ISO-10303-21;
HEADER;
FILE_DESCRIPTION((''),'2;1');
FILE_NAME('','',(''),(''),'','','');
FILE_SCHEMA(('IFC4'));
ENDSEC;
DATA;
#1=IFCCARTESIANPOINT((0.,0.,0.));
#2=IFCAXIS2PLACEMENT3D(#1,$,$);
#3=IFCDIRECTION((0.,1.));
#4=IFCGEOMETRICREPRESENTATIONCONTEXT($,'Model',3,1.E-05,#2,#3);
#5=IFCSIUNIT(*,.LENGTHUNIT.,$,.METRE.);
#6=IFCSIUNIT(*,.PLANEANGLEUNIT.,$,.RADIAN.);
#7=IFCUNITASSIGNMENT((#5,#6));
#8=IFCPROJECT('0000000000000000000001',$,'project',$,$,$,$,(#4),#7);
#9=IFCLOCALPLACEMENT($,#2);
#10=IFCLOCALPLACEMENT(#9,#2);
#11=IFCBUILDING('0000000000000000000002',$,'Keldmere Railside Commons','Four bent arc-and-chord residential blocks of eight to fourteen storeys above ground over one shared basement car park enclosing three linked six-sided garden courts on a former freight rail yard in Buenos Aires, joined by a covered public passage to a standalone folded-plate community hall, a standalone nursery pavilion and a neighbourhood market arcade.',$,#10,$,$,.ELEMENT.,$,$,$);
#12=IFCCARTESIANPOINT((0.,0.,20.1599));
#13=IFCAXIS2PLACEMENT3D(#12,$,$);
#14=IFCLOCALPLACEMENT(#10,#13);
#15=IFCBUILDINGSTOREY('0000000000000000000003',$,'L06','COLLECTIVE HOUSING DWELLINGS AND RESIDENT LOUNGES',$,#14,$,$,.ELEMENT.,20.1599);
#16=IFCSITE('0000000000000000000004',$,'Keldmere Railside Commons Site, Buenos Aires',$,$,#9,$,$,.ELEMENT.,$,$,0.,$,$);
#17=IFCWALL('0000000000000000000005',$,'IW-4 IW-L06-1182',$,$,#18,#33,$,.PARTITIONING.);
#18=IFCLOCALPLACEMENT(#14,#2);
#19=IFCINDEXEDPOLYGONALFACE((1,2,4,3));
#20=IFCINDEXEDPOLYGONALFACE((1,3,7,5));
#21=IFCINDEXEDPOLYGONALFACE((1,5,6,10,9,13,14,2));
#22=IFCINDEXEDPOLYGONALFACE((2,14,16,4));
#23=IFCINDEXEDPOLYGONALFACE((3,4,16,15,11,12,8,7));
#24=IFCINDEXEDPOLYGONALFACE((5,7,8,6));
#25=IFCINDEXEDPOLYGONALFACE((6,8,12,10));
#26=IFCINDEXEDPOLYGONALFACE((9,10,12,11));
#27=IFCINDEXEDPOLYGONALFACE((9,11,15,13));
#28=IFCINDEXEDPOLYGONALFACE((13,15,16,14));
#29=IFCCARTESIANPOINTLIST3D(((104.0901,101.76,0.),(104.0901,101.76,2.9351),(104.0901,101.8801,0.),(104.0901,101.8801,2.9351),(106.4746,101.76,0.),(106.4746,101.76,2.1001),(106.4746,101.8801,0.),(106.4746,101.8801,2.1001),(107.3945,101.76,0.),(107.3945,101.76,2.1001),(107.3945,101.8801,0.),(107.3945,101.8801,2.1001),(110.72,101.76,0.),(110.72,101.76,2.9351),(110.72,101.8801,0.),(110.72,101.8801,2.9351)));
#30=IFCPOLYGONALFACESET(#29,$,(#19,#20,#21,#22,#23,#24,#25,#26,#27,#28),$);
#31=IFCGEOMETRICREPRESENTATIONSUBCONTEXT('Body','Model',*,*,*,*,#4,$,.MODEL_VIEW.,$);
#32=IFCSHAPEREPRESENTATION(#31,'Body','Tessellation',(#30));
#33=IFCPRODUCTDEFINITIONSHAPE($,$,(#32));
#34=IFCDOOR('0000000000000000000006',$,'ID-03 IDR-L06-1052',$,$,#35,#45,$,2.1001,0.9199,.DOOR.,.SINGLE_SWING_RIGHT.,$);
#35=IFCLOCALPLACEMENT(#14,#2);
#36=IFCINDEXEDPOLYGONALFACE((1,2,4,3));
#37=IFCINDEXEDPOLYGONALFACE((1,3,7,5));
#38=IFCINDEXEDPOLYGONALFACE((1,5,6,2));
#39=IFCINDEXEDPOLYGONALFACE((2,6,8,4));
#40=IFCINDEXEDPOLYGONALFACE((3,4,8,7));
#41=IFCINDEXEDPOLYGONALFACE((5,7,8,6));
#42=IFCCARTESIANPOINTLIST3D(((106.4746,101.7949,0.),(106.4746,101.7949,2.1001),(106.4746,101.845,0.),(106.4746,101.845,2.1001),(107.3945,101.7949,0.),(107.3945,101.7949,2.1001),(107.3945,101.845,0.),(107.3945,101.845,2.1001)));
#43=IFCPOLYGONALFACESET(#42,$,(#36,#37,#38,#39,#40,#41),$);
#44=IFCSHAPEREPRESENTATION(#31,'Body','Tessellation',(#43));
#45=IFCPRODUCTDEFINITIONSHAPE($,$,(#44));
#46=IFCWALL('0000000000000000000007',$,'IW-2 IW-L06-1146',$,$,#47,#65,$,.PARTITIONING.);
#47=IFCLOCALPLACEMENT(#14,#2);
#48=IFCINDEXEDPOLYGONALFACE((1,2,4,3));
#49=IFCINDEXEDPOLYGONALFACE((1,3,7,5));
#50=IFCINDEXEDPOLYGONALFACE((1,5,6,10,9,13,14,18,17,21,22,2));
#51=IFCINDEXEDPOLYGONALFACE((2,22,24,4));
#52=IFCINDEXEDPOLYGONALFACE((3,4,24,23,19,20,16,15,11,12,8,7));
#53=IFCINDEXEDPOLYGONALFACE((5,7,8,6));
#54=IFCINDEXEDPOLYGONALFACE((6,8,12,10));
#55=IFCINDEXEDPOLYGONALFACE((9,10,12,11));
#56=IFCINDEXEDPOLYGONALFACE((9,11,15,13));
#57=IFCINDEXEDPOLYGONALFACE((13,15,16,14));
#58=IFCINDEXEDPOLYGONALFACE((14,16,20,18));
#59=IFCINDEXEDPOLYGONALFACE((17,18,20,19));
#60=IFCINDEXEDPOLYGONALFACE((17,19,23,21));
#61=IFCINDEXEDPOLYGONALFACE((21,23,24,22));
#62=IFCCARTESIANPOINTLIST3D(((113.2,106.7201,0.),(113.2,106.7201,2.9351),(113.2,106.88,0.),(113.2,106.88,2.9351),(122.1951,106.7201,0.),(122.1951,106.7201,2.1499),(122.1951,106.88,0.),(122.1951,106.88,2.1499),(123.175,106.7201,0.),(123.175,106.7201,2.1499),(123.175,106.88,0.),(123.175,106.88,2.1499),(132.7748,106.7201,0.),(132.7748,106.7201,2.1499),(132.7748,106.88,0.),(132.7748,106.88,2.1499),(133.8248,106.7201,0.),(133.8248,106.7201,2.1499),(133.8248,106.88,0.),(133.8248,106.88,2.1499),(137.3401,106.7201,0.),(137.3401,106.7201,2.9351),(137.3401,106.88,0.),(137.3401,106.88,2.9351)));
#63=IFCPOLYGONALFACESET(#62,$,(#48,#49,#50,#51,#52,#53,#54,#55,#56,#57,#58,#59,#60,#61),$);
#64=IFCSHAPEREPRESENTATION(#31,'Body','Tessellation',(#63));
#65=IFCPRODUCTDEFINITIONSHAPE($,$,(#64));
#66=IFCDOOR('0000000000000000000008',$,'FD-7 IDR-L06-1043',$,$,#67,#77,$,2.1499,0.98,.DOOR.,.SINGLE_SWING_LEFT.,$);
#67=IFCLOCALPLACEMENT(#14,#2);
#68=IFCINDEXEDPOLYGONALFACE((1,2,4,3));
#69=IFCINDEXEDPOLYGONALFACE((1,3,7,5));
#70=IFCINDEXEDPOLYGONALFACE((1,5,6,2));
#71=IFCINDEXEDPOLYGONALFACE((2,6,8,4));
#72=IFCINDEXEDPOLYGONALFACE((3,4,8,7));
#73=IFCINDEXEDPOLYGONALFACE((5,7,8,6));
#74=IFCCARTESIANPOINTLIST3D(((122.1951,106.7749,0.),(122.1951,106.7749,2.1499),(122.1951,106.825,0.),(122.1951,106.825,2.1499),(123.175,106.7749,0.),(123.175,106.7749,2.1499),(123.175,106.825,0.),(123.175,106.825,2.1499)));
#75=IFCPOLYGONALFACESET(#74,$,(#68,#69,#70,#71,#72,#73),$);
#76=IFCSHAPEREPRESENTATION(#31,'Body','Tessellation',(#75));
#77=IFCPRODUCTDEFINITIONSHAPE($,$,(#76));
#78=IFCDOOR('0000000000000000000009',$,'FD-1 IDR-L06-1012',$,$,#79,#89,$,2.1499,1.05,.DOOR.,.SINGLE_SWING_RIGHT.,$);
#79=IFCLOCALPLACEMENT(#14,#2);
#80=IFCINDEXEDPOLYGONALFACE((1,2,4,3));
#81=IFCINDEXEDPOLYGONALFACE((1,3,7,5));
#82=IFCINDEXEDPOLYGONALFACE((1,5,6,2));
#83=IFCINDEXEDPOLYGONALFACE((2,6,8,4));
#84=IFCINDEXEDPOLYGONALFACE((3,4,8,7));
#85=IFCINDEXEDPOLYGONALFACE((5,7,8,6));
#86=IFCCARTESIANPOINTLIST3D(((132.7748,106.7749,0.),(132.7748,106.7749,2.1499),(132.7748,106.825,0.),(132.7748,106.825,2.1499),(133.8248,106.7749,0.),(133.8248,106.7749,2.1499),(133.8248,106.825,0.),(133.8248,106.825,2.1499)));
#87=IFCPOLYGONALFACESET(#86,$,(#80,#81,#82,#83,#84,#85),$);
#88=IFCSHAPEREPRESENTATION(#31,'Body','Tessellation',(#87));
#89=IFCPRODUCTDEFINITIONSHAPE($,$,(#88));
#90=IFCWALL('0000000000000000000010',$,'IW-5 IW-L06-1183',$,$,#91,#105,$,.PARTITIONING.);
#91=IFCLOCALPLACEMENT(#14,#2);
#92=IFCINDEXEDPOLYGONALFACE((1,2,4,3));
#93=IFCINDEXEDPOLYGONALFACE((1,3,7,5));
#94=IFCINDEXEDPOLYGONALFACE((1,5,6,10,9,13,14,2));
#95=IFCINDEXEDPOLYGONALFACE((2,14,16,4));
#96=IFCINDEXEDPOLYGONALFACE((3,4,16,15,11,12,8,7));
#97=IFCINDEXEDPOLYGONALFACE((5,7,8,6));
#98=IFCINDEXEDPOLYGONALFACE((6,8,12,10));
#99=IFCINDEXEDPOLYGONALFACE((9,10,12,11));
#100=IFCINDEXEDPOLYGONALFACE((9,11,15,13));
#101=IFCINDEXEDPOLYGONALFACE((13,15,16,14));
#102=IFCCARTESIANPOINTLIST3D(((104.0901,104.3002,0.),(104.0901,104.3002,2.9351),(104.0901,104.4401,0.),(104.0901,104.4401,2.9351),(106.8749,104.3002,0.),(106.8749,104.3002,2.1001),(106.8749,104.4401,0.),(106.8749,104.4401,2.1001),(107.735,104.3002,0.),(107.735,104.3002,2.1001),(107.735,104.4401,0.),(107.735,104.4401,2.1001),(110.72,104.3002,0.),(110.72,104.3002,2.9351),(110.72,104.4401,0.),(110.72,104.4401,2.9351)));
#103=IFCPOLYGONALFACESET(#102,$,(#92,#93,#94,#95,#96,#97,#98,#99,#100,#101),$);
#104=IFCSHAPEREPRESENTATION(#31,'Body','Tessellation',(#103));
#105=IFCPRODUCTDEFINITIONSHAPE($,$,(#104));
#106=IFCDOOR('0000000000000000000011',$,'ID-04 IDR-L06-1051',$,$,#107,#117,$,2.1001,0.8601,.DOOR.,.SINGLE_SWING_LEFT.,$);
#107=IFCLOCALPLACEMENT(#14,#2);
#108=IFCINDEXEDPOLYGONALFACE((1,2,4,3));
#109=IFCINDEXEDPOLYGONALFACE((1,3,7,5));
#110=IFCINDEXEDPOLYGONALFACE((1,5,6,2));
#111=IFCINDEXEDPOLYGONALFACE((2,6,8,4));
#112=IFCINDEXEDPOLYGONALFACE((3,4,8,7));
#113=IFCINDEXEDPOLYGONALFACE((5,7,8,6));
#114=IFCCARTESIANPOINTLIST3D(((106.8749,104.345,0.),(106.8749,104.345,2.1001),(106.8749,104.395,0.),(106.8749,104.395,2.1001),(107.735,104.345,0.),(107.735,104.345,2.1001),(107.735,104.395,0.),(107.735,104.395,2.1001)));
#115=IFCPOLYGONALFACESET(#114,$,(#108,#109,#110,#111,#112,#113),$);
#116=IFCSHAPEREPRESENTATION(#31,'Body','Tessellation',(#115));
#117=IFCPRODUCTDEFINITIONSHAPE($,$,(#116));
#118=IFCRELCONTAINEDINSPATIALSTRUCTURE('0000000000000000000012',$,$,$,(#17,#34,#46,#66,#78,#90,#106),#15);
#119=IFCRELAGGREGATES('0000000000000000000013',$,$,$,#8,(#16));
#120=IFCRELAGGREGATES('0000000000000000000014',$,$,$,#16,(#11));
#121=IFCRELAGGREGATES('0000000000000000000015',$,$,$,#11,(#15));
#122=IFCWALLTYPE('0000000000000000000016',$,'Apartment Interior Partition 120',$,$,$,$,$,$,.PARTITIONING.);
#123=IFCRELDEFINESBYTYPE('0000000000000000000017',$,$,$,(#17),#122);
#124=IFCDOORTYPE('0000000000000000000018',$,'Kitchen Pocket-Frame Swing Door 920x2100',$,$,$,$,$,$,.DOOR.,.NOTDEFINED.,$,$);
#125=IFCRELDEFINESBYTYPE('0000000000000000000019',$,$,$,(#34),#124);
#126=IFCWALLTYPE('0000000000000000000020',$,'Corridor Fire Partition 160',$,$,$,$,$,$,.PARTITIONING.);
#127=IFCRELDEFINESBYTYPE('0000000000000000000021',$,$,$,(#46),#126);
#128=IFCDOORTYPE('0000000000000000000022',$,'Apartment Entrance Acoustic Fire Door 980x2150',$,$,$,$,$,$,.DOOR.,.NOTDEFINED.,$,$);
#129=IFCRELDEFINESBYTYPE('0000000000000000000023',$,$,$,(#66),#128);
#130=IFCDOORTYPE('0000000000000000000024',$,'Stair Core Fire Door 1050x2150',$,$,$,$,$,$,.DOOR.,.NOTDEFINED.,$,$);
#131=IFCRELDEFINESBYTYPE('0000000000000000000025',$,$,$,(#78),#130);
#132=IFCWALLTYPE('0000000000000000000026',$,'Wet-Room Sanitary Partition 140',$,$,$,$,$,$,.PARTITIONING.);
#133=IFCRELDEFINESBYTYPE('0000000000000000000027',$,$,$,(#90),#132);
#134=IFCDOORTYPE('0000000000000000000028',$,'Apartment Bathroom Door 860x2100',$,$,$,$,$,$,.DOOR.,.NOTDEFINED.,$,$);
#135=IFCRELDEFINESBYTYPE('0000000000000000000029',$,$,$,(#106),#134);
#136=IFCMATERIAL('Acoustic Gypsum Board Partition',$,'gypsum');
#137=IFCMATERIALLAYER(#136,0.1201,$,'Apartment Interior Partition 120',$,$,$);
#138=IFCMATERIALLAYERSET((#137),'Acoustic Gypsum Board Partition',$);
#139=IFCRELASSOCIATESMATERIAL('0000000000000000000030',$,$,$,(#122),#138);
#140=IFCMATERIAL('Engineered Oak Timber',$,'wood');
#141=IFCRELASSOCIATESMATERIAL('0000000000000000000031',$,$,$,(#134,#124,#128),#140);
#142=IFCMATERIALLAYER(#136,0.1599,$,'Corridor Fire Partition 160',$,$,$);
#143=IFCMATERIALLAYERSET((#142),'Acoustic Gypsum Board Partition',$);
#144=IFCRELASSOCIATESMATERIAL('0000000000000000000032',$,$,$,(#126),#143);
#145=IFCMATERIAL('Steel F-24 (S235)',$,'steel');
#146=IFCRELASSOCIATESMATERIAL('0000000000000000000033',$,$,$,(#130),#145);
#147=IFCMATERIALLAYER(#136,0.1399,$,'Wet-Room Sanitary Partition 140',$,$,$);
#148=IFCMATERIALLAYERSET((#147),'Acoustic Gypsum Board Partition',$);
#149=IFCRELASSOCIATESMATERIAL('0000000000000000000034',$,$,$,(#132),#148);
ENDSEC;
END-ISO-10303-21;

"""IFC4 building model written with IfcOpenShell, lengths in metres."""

from ifc_helpers import new_model, si_unit, direction, frame, frame_2d, origin, place, context, subcontext, project, spatial, rectangle, extrude, material, layer, layer_set, type_object, element, fill, save


model = new_model("IFC4")

# Units and contexts
model_context = context("Model", 3, precision=1e-05, world=origin(), true_north=direction((0.0, 1.0)))
body_context = subcontext(model_context, "Body", "Model", "MODEL_VIEW")
ifc_project = project(units=[si_unit("LENGTHUNIT", "METRE"), si_unit("PLANEANGLEUNIT", "RADIAN")], contexts=[model_context])

# Site, building, storey
site_placement = place(None, origin())
site = spatial("IfcSite", under=ifc_project, at=site_placement, Name="Keldmere Railside Commons Site, Buenos Aires", CompositionType="ELEMENT", RefElevation=0.0)
building_placement = place(site_placement, origin())
building = spatial("IfcBuilding", under=site, at=building_placement, Name="Keldmere Railside Commons", Description="Four bent arc-and-chord residential blocks of eight to fourteen storeys above ground over one shared basement car park enclosing three linked six-sided garden courts on a former freight rail yard in Buenos Aires, joined by a covered public passage to a standalone folded-plate community hall, a standalone nursery pavilion and a neighbourhood market arcade.", CompositionType="ELEMENT")
storey_placement = place(building_placement, frame((0.0, 0.0, 20.1599)))
storey = spatial("IfcBuildingStorey", under=building, at=storey_placement, Name="L06", Description="COLLECTIVE HOUSING DWELLINGS AND RESIDENT LOUNGES", CompositionType="ELEMENT", Elevation=20.1599)

# Shared definitions
ifc_material_1 = material(Name="Acoustic Gypsum Board Partition", Category="gypsum")

# Shared definitions
ifc_layer_1 = layer(ifc_material_1, 0.1201, Name="Apartment Interior Partition 120")
ifc_layer_set_1 = layer_set([ifc_layer_1], Name="Acoustic Gypsum Board Partition")
wall_type_1 = type_object("IfcWallType", Name="Apartment Interior Partition 120", PredefinedType="PARTITIONING", material=ifc_layer_set_1)
ifc_material_2 = material(Name="Engineered Oak Timber", Category="wood")
door_type_1 = type_object("IfcDoorType", Name="Apartment Bathroom Door 860x2100", OperationType="NOTDEFINED", PredefinedType="DOOR", material=ifc_material_2)

# Wall, opening, door
wall_1_placement = place(storey_placement, frame((104.0901, 101.8201, 0.0), z_axis=(0.0, 0.0, 1.0), x_axis=(1.0, 0.0, 0.0)))
wall_1 = element("IfcWall", 1, at=wall_1_placement, inside=storey, type_object=wall_type_1, Name="IW-4 IW-L06-1182", PredefinedType="PARTITIONING", context=body_context, shape_type="SweptSolid", body=[
    extrude(rectangle(XDim=6.6299, YDim=0.1201, at=frame_2d((3.3149, 0.0))), origin(), (0.0, 0.0, 1.0), 2.9351),
])
opening_1_placement = place(wall_1_placement, frame((2.3845, 0.0, 0.0)))
opening_1 = element("IfcOpeningElement", 2, at=opening_1_placement, cuts=wall_1, PredefinedType="OPENING", context=body_context, shape_type="SweptSolid", body=[
    extrude(rectangle(XDim=0.9199, YDim=2.1001, at=frame_2d((0.46, 1.05))), frame((0.0, 0.0701, 0.0), z_axis=(0.0, -1.0, 0.0), x_axis=(1.0, 0.0, 0.0)), (0.0, 0.0, 1.0), 0.1401),
])
door_type_2 = type_object("IfcDoorType", Name="Kitchen Pocket-Frame Swing Door 920x2100", OperationType="NOTDEFINED", PredefinedType="DOOR", material=ifc_material_2)
door_1_placement = place(opening_1_placement, origin())
door_1 = element("IfcDoor", 3, at=door_1_placement, inside=storey, type_object=door_type_2, Name="ID-03 IDR-L06-1052", OperationType="SINGLE_SWING_RIGHT", OverallHeight=2.1001, OverallWidth=0.9199, PredefinedType="DOOR", context=body_context, shape_type="SweptSolid", body=[
    extrude(rectangle(XDim=0.9199, YDim=2.1001, at=frame_2d((0.46, 1.05))), frame((0.0, 0.0249, 0.0), z_axis=(0.0, -1.0, 0.0), x_axis=(1.0, 0.0, 0.0)), (0.0, 0.0, 1.0), 0.05),
])
fill(opening_1, door_1)

# Wall, openings, doors
ifc_layer_2 = layer(ifc_material_1, 0.1599, Name="Corridor Fire Partition 160")
ifc_layer_set_2 = layer_set([ifc_layer_2], Name="Acoustic Gypsum Board Partition")
wall_type_2 = type_object("IfcWallType", Name="Corridor Fire Partition 160", PredefinedType="PARTITIONING", material=ifc_layer_set_2)
wall_2_placement = place(storey_placement, frame((113.2, 106.8, 0.0), z_axis=(0.0, 0.0, 1.0), x_axis=(1.0, 0.0, 0.0)))
wall_2 = element("IfcWall", 4, at=wall_2_placement, inside=storey, type_object=wall_type_2, Name="IW-2 IW-L06-1146", PredefinedType="PARTITIONING", context=body_context, shape_type="SweptSolid", body=[
    extrude(rectangle(XDim=24.1401, YDim=0.1599, at=frame_2d((12.0701, 0.0))), origin(), (0.0, 0.0, 1.0), 2.9351),
])
opening_2_placement = place(wall_2_placement, frame((19.575, 0.0, 0.0)))
opening_2 = element("IfcOpeningElement", 5, at=opening_2_placement, cuts=wall_2, PredefinedType="OPENING", context=body_context, shape_type="SweptSolid", body=[
    extrude(rectangle(XDim=1.05, YDim=2.1499, at=frame_2d((0.5249, 1.075))), frame((0.0, 0.0898, 0.0), z_axis=(0.0, -1.0, 0.0), x_axis=(1.0, 0.0, 0.0)), (0.0, 0.0, 1.0), 0.1799),
])
opening_3_placement = place(wall_2_placement, frame((8.9951, 0.0, 0.0)))
opening_3 = element("IfcOpeningElement", 6, at=opening_3_placement, cuts=wall_2, PredefinedType="OPENING", context=body_context, shape_type="SweptSolid", body=[
    extrude(rectangle(XDim=0.98, YDim=2.1499, at=frame_2d((0.49, 1.075))), frame((0.0, 0.0898, 0.0), z_axis=(0.0, -1.0, 0.0), x_axis=(1.0, 0.0, 0.0)), (0.0, 0.0, 1.0), 0.1799),
])
door_type_3 = type_object("IfcDoorType", Name="Apartment Entrance Acoustic Fire Door 980x2150", OperationType="NOTDEFINED", PredefinedType="DOOR", material=ifc_material_2)
door_2_placement = place(opening_3_placement, origin())
door_2 = element("IfcDoor", 7, at=door_2_placement, inside=storey, type_object=door_type_3, Name="FD-7 IDR-L06-1043", OperationType="SINGLE_SWING_LEFT", OverallHeight=2.1499, OverallWidth=0.98, PredefinedType="DOOR", context=body_context, shape_type="SweptSolid", body=[
    extrude(rectangle(XDim=0.98, YDim=2.1499, at=frame_2d((0.49, 1.075))), frame((0.0, 0.0249, 0.0), z_axis=(0.0, -1.0, 0.0), x_axis=(1.0, 0.0, 0.0)), (0.0, 0.0, 1.0), 0.05),
])
fill(opening_3, door_2)
ifc_material_3 = material(Name="Steel F-24 (S235)", Category="steel")
door_type_4 = type_object("IfcDoorType", Name="Stair Core Fire Door 1050x2150", OperationType="NOTDEFINED", PredefinedType="DOOR", material=ifc_material_3)
door_3_placement = place(opening_2_placement, origin())
door_3 = element("IfcDoor", 8, at=door_3_placement, inside=storey, type_object=door_type_4, Name="FD-1 IDR-L06-1012", OperationType="SINGLE_SWING_RIGHT", OverallHeight=2.1499, OverallWidth=1.05, PredefinedType="DOOR", context=body_context, shape_type="SweptSolid", body=[
    extrude(rectangle(XDim=1.05, YDim=2.1499, at=frame_2d((0.5249, 1.075))), frame((0.0, 0.0249, 0.0), z_axis=(0.0, -1.0, 0.0), x_axis=(1.0, 0.0, 0.0)), (0.0, 0.0, 1.0), 0.05),
])
fill(opening_2, door_3)

# Wall, opening, door
ifc_layer_3 = layer(ifc_material_1, 0.1399, Name="Wet-Room Sanitary Partition 140")
ifc_layer_set_3 = layer_set([ifc_layer_3], Name="Acoustic Gypsum Board Partition")
wall_type_3 = type_object("IfcWallType", Name="Wet-Room Sanitary Partition 140", PredefinedType="PARTITIONING", material=ifc_layer_set_3)
wall_3_placement = place(storey_placement, frame((104.0901, 104.3701, 0.0), z_axis=(0.0, 0.0, 1.0), x_axis=(1.0, 0.0, 0.0)))
wall_3 = element("IfcWall", 9, at=wall_3_placement, inside=storey, type_object=wall_type_3, Name="IW-5 IW-L06-1183", PredefinedType="PARTITIONING", context=body_context, shape_type="SweptSolid", body=[
    extrude(rectangle(XDim=6.6299, YDim=0.1399, at=frame_2d((3.3149, 0.0))), origin(), (0.0, 0.0, 1.0), 2.9351),
])
opening_4_placement = place(wall_3_placement, frame((2.7847, 0.0, 0.0)))
opening_4 = element("IfcOpeningElement", 10, at=opening_4_placement, cuts=wall_3, PredefinedType="OPENING", context=body_context, shape_type="SweptSolid", body=[
    extrude(rectangle(XDim=0.8601, YDim=2.1001, at=frame_2d((0.4302, 1.05))), frame((0.0, 0.0798, 0.0), z_axis=(0.0, -1.0, 0.0), x_axis=(1.0, 0.0, 0.0)), (0.0, 0.0, 1.0), 0.1599),
])
door_4_placement = place(opening_4_placement, origin())
door_4 = element("IfcDoor", 11, at=door_4_placement, inside=storey, type_object=door_type_1, Name="ID-04 IDR-L06-1051", OperationType="SINGLE_SWING_LEFT", OverallHeight=2.1001, OverallWidth=0.8601, PredefinedType="DOOR", context=body_context, shape_type="SweptSolid", body=[
    extrude(rectangle(XDim=0.8601, YDim=2.1001, at=frame_2d((0.4302, 1.05))), frame((0.0, 0.0249, 0.0), z_axis=(0.0, -1.0, 0.0), x_axis=(1.0, 0.0, 0.0)), (0.0, 0.0, 1.0), 0.05),
])
fill(opening_4, door_4)

save(model, "model.ifc")
